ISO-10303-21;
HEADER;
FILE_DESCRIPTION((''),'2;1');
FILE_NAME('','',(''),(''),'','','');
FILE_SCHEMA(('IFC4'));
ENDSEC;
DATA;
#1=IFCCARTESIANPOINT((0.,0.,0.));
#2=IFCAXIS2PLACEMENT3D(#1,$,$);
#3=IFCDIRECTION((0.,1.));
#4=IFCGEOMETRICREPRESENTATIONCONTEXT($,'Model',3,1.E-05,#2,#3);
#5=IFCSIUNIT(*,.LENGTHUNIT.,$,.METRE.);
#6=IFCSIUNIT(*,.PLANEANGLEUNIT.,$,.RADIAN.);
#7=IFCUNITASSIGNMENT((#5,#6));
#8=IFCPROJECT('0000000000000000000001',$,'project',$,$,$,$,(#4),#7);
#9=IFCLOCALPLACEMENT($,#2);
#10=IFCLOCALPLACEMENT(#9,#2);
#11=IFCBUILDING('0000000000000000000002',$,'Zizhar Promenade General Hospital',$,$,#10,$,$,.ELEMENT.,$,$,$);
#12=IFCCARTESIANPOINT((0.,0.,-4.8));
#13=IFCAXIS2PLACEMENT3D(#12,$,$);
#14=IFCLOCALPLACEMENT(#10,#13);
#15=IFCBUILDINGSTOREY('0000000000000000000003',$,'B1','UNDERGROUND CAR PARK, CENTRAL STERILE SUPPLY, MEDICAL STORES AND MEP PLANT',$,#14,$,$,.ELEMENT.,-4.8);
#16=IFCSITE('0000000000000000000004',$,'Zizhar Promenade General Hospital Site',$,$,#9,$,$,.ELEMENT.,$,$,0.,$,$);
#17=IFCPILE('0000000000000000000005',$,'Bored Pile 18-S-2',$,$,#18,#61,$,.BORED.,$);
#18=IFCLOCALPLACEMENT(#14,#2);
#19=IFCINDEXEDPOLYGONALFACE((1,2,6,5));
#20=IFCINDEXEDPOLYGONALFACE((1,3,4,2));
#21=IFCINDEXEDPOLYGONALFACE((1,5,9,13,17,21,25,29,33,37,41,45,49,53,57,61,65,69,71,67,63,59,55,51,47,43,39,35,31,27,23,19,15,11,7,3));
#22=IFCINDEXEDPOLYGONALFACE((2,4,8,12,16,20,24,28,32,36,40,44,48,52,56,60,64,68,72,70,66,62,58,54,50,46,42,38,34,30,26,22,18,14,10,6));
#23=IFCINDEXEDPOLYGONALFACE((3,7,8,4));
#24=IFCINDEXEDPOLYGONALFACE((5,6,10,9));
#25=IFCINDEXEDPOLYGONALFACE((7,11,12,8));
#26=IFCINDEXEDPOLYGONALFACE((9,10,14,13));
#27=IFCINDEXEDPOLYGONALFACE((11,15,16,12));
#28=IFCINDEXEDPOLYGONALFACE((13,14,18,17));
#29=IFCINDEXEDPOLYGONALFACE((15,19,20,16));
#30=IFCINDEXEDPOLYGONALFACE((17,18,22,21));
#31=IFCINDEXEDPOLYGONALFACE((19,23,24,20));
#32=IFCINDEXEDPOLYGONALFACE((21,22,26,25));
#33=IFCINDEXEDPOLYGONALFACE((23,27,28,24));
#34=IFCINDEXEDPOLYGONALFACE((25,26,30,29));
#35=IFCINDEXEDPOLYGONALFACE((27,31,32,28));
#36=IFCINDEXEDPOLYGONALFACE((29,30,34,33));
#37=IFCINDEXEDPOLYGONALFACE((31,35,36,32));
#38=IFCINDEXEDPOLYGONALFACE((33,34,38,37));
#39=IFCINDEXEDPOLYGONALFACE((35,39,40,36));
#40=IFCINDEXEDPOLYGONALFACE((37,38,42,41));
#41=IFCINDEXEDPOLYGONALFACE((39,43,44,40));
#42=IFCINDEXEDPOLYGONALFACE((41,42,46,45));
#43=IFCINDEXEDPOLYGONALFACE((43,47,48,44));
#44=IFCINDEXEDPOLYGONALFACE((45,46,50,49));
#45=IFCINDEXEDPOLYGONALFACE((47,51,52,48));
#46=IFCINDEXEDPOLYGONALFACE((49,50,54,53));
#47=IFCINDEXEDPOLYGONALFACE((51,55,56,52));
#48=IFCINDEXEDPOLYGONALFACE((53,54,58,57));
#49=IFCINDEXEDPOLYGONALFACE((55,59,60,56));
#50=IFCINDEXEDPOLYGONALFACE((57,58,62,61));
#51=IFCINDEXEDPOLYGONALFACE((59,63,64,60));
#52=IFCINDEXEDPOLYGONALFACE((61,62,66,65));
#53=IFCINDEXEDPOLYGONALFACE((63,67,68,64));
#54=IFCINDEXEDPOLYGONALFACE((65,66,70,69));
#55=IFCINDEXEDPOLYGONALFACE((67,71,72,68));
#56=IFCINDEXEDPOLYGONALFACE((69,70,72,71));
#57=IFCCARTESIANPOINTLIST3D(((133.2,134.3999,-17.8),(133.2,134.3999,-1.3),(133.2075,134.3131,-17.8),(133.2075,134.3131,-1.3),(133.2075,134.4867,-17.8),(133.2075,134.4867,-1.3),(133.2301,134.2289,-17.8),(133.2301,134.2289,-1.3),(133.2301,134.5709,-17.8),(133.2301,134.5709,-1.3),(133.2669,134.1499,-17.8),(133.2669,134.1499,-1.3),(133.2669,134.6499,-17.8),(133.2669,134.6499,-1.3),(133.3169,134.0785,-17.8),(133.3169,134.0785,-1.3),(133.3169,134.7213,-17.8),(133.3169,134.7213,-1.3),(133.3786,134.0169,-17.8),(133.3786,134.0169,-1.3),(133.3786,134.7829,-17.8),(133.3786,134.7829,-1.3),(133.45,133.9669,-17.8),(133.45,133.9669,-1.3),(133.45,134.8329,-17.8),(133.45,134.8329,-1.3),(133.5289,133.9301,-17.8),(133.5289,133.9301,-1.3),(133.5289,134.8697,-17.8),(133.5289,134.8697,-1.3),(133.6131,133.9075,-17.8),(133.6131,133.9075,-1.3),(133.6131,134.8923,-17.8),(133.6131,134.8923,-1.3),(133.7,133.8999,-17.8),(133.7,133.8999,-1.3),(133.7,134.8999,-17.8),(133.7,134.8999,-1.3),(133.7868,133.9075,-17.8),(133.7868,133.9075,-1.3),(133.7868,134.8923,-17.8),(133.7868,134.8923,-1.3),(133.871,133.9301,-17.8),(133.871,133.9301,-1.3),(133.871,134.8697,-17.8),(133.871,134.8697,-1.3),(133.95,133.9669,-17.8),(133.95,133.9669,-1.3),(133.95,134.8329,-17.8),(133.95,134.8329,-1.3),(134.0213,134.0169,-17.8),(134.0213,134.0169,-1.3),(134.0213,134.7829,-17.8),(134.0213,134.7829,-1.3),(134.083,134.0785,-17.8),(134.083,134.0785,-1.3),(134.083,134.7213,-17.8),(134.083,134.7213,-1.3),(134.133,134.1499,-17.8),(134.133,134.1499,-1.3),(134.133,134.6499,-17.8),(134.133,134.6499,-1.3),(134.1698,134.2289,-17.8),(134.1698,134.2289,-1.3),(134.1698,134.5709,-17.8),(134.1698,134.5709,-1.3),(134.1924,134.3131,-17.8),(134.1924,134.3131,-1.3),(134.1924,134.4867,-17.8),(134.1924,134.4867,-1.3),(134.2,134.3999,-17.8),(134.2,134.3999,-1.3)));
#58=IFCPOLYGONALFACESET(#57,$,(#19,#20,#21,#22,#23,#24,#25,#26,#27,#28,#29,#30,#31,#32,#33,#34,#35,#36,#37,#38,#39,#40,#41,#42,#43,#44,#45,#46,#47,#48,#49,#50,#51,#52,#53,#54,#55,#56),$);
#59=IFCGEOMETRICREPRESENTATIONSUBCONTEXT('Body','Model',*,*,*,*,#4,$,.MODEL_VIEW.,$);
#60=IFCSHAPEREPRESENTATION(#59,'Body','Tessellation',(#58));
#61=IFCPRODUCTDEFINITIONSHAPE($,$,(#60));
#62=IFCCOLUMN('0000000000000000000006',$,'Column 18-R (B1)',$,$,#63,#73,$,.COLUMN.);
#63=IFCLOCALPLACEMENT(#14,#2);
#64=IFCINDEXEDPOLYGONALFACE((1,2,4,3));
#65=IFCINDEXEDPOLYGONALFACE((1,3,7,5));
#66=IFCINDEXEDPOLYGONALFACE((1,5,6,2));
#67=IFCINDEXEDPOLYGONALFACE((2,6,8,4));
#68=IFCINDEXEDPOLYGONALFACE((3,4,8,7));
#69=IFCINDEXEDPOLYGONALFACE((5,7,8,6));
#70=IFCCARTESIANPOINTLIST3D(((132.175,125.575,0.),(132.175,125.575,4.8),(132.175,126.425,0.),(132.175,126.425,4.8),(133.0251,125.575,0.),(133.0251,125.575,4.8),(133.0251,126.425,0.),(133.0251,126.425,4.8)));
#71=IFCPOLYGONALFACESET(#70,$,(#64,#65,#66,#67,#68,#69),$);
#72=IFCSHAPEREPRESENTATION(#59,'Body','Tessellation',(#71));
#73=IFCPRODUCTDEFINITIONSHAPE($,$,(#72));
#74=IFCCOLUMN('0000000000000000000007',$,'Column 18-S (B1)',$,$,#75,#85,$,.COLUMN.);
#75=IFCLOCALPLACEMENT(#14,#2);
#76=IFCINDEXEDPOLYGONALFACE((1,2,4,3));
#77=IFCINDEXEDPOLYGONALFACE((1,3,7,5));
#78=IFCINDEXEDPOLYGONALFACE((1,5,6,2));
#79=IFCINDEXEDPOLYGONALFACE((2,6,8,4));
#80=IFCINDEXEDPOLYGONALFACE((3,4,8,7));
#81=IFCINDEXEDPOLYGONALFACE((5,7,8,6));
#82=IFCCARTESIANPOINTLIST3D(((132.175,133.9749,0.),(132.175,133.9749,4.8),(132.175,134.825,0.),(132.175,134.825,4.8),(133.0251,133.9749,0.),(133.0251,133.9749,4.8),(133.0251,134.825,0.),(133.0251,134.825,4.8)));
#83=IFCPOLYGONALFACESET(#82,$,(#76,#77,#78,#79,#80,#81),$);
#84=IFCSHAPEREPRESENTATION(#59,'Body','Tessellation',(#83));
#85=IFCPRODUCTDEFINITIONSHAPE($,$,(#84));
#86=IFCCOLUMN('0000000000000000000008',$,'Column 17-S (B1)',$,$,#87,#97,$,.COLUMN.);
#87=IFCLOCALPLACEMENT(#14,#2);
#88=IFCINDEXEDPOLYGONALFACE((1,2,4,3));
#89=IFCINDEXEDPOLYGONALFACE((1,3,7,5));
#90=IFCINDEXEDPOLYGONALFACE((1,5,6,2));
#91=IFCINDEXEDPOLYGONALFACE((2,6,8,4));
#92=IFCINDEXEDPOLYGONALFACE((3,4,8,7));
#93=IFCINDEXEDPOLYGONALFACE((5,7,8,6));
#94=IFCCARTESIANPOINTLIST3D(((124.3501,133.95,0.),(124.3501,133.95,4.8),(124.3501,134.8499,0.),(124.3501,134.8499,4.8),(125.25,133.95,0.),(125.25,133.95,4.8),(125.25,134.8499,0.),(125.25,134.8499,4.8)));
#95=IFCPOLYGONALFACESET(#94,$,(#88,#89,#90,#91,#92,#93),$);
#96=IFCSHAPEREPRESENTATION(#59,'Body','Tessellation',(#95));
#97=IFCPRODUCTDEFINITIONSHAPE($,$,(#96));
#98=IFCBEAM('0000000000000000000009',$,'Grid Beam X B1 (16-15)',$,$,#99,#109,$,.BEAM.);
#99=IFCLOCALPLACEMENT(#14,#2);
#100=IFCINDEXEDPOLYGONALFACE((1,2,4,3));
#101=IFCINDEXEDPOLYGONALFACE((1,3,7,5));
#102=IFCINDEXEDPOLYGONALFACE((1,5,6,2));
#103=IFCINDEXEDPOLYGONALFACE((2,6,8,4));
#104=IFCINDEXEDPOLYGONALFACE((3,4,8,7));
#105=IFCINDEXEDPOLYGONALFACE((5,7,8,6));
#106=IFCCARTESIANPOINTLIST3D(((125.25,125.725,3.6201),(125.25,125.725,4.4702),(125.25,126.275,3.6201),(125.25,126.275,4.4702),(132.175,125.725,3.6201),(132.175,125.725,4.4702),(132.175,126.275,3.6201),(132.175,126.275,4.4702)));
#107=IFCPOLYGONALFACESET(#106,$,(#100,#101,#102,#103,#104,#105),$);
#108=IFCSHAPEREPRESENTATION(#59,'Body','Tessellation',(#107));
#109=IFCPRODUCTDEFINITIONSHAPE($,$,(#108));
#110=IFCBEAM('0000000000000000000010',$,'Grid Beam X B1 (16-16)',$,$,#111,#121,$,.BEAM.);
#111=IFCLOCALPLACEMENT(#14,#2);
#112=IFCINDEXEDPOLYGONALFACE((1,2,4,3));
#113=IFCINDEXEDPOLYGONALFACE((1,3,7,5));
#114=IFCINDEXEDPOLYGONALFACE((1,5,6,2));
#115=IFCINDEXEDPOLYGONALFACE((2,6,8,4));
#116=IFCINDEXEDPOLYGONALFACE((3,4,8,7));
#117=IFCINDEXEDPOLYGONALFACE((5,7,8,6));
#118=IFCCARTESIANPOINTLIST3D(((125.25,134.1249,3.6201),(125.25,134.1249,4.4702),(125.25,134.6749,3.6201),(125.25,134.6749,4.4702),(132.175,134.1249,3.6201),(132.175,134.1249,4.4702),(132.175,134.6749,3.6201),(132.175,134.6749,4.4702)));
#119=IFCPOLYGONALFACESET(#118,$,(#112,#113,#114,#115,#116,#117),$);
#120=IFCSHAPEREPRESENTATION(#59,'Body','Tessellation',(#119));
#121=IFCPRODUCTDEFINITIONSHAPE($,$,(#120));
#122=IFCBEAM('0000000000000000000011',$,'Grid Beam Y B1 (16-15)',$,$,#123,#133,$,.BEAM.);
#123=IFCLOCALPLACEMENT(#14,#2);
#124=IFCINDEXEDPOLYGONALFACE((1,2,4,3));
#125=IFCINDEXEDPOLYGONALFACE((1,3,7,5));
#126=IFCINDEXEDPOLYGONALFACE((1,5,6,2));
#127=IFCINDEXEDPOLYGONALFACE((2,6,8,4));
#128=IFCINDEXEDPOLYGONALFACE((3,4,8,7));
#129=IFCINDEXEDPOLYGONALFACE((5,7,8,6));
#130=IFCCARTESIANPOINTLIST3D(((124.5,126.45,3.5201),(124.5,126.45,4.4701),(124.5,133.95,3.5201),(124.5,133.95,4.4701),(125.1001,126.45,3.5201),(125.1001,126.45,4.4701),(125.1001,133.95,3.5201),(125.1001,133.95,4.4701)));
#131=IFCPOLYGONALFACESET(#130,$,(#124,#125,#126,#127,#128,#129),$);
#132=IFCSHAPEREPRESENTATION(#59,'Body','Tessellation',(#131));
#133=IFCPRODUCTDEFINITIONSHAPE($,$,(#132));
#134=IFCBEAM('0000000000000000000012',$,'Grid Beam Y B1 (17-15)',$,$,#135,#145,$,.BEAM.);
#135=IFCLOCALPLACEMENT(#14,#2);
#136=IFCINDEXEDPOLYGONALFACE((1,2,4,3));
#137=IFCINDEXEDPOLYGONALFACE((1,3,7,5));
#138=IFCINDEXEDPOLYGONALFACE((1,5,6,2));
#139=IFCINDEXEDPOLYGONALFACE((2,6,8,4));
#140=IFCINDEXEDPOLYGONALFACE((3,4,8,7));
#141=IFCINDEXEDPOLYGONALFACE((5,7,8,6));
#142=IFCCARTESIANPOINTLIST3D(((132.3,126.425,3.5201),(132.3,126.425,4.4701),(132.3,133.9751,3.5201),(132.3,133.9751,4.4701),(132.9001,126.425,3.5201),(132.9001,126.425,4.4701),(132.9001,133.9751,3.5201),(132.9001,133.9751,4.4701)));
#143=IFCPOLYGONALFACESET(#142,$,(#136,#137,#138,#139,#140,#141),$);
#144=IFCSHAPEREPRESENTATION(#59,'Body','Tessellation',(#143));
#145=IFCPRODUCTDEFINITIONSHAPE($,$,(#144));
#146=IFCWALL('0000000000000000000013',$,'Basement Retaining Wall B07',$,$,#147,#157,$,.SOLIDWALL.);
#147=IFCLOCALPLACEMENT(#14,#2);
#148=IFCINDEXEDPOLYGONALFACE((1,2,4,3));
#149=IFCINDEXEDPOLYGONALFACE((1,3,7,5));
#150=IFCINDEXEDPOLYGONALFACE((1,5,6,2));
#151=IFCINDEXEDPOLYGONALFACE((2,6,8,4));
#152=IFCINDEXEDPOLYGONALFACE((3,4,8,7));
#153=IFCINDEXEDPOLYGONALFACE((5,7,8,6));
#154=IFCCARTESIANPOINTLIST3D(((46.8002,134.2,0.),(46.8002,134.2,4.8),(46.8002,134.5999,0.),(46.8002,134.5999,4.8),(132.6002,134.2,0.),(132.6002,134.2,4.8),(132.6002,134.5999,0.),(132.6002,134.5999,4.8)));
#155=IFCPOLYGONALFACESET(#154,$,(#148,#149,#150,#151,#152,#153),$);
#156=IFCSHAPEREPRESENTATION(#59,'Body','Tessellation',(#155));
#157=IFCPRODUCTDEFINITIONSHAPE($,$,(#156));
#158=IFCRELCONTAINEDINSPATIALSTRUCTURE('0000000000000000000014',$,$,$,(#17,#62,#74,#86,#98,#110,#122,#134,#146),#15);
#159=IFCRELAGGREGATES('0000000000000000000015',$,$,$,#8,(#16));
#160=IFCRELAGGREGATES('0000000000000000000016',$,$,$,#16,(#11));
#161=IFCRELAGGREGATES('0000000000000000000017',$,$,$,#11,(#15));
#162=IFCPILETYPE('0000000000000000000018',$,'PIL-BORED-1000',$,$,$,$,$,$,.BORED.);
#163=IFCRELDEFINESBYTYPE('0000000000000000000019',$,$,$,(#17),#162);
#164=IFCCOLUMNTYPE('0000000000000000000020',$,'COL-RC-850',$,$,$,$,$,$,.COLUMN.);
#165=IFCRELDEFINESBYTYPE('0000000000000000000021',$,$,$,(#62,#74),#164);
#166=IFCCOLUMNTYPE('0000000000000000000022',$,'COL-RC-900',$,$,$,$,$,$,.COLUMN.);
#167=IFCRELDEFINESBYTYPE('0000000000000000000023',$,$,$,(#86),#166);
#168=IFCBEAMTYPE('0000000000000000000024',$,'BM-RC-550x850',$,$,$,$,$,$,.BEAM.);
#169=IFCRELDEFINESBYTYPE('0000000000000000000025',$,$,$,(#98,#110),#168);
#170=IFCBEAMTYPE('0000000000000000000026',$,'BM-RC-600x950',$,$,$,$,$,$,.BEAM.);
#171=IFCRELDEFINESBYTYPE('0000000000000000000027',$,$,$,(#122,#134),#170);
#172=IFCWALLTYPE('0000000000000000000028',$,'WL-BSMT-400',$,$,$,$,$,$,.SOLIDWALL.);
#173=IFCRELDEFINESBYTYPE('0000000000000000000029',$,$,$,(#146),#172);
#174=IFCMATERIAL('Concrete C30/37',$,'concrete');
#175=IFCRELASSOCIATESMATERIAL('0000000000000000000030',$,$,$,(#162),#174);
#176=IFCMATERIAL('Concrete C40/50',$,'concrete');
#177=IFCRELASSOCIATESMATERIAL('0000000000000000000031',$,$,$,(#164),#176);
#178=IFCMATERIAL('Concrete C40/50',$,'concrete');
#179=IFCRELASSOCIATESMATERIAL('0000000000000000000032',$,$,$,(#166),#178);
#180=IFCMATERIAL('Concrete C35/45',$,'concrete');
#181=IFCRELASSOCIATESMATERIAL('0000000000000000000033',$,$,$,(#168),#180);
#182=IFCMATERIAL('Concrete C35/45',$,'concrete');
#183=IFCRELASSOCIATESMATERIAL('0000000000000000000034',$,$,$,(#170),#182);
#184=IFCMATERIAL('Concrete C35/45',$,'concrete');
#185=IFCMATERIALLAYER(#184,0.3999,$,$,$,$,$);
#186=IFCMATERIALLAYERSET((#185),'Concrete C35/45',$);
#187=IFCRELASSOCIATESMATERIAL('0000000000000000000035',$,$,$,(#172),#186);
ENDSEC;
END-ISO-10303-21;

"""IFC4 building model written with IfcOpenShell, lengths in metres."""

from ifc_helpers import new_model, si_unit, direction, frame, frame_2d, origin, origin_2d, place, context, subcontext, project, spatial, rectangle, circle, extrude, material, layer, layer_set, material_profile, profile_set, type_object, element, save


model = new_model("IFC4")

# Units and contexts
model_context = context("Model", 3, precision=1e-05, world=origin(), true_north=direction((0.0, 1.0)))
body_context = subcontext(model_context, "Body", "Model", "MODEL_VIEW")
ifc_project = project(units=[si_unit("LENGTHUNIT", "METRE"), si_unit("PLANEANGLEUNIT", "RADIAN")], contexts=[model_context])

# Site, building, storey
site_placement = place(None, origin())
site = spatial("IfcSite", under=ifc_project, at=site_placement, Name="Zizhar Promenade General Hospital Site", CompositionType="ELEMENT", RefElevation=0.0)
building_placement = place(site_placement, origin())
building = spatial("IfcBuilding", under=site, at=building_placement, Name="Zizhar Promenade General Hospital", CompositionType="ELEMENT")
storey_placement = place(building_placement, frame((0.0, 0.0, -4.8)))
storey = spatial("IfcBuildingStorey", under=building, at=storey_placement, Name="B1", Description="UNDERGROUND CAR PARK, CENTRAL STERILE SUPPLY, MEDICAL STORES AND MEP PLANT", CompositionType="ELEMENT", Elevation=-4.8)

# Pile
ifc_material_1 = material(Name="Concrete C30/37", Category="concrete")
ifc_material_profile_1 = material_profile(ifc_material_1, circle(Radius=0.5, at=origin_2d()))
ifc_profile_set_1 = profile_set([ifc_material_profile_1], Name="Concrete C30/37")
pile_type = type_object("IfcPileType", Name="PIL-BORED-1000", PredefinedType="BORED", material=ifc_profile_set_1)
for number, where, z_axis, x_axis, name in (
    (1, (133.7, 134.3999, -1.3), (0.0, 0.0, -1.0), (1.0, 0.0, 0.0), "Bored Pile 18-S-2"),
):
    element("IfcPile", number, at=place(storey_placement, frame(where, z_axis=z_axis, x_axis=x_axis)), inside=storey, type_object=pile_type, Name=name, PredefinedType="BORED", context=body_context, shape_type="SweptSolid", body=[
        extrude(circle(Radius=0.5, at=origin_2d()), origin(), (0.0, 0.0, 1.0), 16.5),
    ])

# Columns
ifc_material_2 = material(Name="Concrete C40/50", Category="concrete")
ifc_material_profile_2 = material_profile(ifc_material_2, rectangle(XDim=0.8501, YDim=0.8501, at=origin_2d()))
ifc_profile_set_2 = profile_set([ifc_material_profile_2], Name="Concrete C40/50")
column_type_1 = type_object("IfcColumnType", Name="COL-RC-850", PredefinedType="COLUMN", material=ifc_profile_set_2)
for number, where, z_axis, x_axis, name in (
    (2, (132.6001, 126.0, 0.0), (0.0, 0.0, 1.0), (1.0, 0.0, 0.0), "Column 18-R (B1)"),
    (3, (132.6001, 134.3999, 0.0), (0.0, 0.0, 1.0), (1.0, 0.0, 0.0), "Column 18-S (B1)"),
):
    element("IfcColumn", number, at=place(storey_placement, frame(where, z_axis=z_axis, x_axis=x_axis)), inside=storey, type_object=column_type_1, Name=name, PredefinedType="COLUMN", context=body_context, shape_type="SweptSolid", body=[
        extrude(rectangle(XDim=0.8501, YDim=0.8501, at=origin_2d()), origin(), (0.0, 0.0, 1.0), 4.8),
    ])
ifc_material_3 = material(Name="Concrete C40/50", Category="concrete")
ifc_material_profile_3 = material_profile(ifc_material_3, rectangle(XDim=0.8999, YDim=0.8999, at=origin_2d()))
ifc_profile_set_3 = profile_set([ifc_material_profile_3], Name="Concrete C40/50")
column_type_2 = type_object("IfcColumnType", Name="COL-RC-900", PredefinedType="COLUMN", material=ifc_profile_set_3)
column_placement = place(storey_placement, frame((124.8, 134.3999, 0.0), z_axis=(0.0, 0.0, 1.0), x_axis=(1.0, 0.0, 0.0)))
element("IfcColumn", 4, at=column_placement, inside=storey, type_object=column_type_2, Name="Column 17-S (B1)", PredefinedType="COLUMN", context=body_context, shape_type="SweptSolid", body=[
    extrude(rectangle(XDim=0.8999, YDim=0.8999, at=origin_2d()), origin(), (0.0, 0.0, 1.0), 4.8),
])

# Beams
ifc_material_4 = material(Name="Concrete C35/45", Category="concrete")
ifc_material_profile_4 = material_profile(ifc_material_4, rectangle(XDim=0.55, YDim=0.8501, at=origin_2d()))
ifc_profile_set_4 = profile_set([ifc_material_profile_4], Name="Concrete C35/45")
beam_type_1 = type_object("IfcBeamType", Name="BM-RC-550x850", PredefinedType="BEAM", material=ifc_profile_set_4)
for number, where, z_axis, x_axis, name in (
    (5, (125.25, 126.0, 4.0452), (1.0, 0.0, 0.0), (0.0, 1.0, 0.0), "Grid Beam X B1 (16-15)"),
    (6, (125.25, 134.3999, 4.0452), (1.0, 0.0, 0.0), (0.0, 1.0, 0.0), "Grid Beam X B1 (16-16)"),
):
    element("IfcBeam", number, at=place(storey_placement, frame(where, z_axis=z_axis, x_axis=x_axis)), inside=storey, type_object=beam_type_1, Name=name, PredefinedType="BEAM", context=body_context, shape_type="SweptSolid", body=[
        extrude(rectangle(XDim=0.55, YDim=0.8501, at=origin_2d()), origin(), (0.0, 0.0, 1.0), 6.925),
    ])
ifc_material_5 = material(Name="Concrete C35/45", Category="concrete")
ifc_material_profile_5 = material_profile(ifc_material_5, rectangle(XDim=0.6001, YDim=0.95, at=origin_2d()))
ifc_profile_set_5 = profile_set([ifc_material_profile_5], Name="Concrete C35/45")
beam_type_2 = type_object("IfcBeamType", Name="BM-RC-600x950", PredefinedType="BEAM", material=ifc_profile_set_5)
beam_1_placement = place(storey_placement, frame((124.8, 126.45, 3.9951), z_axis=(0.0, 1.0, 0.0), x_axis=(-1.0, 0.0, 0.0)))
element("IfcBeam", 7, at=beam_1_placement, inside=storey, type_object=beam_type_2, Name="Grid Beam Y B1 (16-15)", PredefinedType="BEAM", context=body_context, shape_type="SweptSolid", body=[
    extrude(rectangle(XDim=0.6001, YDim=0.95, at=origin_2d()), origin(), (0.0, 0.0, 1.0), 7.5),
])
beam_2_placement = place(storey_placement, frame((132.6001, 126.425, 3.9951), z_axis=(0.0, 1.0, 0.0), x_axis=(-1.0, 0.0, 0.0)))
element("IfcBeam", 8, at=beam_2_placement, inside=storey, type_object=beam_type_2, Name="Grid Beam Y B1 (17-15)", PredefinedType="BEAM", context=body_context, shape_type="SweptSolid", body=[
    extrude(rectangle(XDim=0.6001, YDim=0.95, at=origin_2d()), origin(), (0.0, 0.0, 1.0), 7.55),
])

# Wall
ifc_material_6 = material(Name="Concrete C35/45", Category="concrete")
ifc_layer = layer(ifc_material_6, 0.3999)
ifc_layer_set = layer_set([ifc_layer], Name="Concrete C35/45")
wall_type = type_object("IfcWallType", Name="WL-BSMT-400", PredefinedType="SOLIDWALL", material=ifc_layer_set)
wall_placement = place(storey_placement, frame((132.6001, 134.3999, 0.0), z_axis=(0.0, 0.0, 1.0), x_axis=(-1.0, 0.0, 0.0)))
element("IfcWall", 9, at=wall_placement, inside=storey, type_object=wall_type, Name="Basement Retaining Wall B07", PredefinedType="SOLIDWALL", context=body_context, shape_type="SweptSolid", body=[
    extrude(rectangle(XDim=85.8, YDim=0.3999, at=frame_2d((42.8999, 0.0))), origin(), (0.0, 0.0, 1.0), 4.8),
])

save(model, "model.ifc")
